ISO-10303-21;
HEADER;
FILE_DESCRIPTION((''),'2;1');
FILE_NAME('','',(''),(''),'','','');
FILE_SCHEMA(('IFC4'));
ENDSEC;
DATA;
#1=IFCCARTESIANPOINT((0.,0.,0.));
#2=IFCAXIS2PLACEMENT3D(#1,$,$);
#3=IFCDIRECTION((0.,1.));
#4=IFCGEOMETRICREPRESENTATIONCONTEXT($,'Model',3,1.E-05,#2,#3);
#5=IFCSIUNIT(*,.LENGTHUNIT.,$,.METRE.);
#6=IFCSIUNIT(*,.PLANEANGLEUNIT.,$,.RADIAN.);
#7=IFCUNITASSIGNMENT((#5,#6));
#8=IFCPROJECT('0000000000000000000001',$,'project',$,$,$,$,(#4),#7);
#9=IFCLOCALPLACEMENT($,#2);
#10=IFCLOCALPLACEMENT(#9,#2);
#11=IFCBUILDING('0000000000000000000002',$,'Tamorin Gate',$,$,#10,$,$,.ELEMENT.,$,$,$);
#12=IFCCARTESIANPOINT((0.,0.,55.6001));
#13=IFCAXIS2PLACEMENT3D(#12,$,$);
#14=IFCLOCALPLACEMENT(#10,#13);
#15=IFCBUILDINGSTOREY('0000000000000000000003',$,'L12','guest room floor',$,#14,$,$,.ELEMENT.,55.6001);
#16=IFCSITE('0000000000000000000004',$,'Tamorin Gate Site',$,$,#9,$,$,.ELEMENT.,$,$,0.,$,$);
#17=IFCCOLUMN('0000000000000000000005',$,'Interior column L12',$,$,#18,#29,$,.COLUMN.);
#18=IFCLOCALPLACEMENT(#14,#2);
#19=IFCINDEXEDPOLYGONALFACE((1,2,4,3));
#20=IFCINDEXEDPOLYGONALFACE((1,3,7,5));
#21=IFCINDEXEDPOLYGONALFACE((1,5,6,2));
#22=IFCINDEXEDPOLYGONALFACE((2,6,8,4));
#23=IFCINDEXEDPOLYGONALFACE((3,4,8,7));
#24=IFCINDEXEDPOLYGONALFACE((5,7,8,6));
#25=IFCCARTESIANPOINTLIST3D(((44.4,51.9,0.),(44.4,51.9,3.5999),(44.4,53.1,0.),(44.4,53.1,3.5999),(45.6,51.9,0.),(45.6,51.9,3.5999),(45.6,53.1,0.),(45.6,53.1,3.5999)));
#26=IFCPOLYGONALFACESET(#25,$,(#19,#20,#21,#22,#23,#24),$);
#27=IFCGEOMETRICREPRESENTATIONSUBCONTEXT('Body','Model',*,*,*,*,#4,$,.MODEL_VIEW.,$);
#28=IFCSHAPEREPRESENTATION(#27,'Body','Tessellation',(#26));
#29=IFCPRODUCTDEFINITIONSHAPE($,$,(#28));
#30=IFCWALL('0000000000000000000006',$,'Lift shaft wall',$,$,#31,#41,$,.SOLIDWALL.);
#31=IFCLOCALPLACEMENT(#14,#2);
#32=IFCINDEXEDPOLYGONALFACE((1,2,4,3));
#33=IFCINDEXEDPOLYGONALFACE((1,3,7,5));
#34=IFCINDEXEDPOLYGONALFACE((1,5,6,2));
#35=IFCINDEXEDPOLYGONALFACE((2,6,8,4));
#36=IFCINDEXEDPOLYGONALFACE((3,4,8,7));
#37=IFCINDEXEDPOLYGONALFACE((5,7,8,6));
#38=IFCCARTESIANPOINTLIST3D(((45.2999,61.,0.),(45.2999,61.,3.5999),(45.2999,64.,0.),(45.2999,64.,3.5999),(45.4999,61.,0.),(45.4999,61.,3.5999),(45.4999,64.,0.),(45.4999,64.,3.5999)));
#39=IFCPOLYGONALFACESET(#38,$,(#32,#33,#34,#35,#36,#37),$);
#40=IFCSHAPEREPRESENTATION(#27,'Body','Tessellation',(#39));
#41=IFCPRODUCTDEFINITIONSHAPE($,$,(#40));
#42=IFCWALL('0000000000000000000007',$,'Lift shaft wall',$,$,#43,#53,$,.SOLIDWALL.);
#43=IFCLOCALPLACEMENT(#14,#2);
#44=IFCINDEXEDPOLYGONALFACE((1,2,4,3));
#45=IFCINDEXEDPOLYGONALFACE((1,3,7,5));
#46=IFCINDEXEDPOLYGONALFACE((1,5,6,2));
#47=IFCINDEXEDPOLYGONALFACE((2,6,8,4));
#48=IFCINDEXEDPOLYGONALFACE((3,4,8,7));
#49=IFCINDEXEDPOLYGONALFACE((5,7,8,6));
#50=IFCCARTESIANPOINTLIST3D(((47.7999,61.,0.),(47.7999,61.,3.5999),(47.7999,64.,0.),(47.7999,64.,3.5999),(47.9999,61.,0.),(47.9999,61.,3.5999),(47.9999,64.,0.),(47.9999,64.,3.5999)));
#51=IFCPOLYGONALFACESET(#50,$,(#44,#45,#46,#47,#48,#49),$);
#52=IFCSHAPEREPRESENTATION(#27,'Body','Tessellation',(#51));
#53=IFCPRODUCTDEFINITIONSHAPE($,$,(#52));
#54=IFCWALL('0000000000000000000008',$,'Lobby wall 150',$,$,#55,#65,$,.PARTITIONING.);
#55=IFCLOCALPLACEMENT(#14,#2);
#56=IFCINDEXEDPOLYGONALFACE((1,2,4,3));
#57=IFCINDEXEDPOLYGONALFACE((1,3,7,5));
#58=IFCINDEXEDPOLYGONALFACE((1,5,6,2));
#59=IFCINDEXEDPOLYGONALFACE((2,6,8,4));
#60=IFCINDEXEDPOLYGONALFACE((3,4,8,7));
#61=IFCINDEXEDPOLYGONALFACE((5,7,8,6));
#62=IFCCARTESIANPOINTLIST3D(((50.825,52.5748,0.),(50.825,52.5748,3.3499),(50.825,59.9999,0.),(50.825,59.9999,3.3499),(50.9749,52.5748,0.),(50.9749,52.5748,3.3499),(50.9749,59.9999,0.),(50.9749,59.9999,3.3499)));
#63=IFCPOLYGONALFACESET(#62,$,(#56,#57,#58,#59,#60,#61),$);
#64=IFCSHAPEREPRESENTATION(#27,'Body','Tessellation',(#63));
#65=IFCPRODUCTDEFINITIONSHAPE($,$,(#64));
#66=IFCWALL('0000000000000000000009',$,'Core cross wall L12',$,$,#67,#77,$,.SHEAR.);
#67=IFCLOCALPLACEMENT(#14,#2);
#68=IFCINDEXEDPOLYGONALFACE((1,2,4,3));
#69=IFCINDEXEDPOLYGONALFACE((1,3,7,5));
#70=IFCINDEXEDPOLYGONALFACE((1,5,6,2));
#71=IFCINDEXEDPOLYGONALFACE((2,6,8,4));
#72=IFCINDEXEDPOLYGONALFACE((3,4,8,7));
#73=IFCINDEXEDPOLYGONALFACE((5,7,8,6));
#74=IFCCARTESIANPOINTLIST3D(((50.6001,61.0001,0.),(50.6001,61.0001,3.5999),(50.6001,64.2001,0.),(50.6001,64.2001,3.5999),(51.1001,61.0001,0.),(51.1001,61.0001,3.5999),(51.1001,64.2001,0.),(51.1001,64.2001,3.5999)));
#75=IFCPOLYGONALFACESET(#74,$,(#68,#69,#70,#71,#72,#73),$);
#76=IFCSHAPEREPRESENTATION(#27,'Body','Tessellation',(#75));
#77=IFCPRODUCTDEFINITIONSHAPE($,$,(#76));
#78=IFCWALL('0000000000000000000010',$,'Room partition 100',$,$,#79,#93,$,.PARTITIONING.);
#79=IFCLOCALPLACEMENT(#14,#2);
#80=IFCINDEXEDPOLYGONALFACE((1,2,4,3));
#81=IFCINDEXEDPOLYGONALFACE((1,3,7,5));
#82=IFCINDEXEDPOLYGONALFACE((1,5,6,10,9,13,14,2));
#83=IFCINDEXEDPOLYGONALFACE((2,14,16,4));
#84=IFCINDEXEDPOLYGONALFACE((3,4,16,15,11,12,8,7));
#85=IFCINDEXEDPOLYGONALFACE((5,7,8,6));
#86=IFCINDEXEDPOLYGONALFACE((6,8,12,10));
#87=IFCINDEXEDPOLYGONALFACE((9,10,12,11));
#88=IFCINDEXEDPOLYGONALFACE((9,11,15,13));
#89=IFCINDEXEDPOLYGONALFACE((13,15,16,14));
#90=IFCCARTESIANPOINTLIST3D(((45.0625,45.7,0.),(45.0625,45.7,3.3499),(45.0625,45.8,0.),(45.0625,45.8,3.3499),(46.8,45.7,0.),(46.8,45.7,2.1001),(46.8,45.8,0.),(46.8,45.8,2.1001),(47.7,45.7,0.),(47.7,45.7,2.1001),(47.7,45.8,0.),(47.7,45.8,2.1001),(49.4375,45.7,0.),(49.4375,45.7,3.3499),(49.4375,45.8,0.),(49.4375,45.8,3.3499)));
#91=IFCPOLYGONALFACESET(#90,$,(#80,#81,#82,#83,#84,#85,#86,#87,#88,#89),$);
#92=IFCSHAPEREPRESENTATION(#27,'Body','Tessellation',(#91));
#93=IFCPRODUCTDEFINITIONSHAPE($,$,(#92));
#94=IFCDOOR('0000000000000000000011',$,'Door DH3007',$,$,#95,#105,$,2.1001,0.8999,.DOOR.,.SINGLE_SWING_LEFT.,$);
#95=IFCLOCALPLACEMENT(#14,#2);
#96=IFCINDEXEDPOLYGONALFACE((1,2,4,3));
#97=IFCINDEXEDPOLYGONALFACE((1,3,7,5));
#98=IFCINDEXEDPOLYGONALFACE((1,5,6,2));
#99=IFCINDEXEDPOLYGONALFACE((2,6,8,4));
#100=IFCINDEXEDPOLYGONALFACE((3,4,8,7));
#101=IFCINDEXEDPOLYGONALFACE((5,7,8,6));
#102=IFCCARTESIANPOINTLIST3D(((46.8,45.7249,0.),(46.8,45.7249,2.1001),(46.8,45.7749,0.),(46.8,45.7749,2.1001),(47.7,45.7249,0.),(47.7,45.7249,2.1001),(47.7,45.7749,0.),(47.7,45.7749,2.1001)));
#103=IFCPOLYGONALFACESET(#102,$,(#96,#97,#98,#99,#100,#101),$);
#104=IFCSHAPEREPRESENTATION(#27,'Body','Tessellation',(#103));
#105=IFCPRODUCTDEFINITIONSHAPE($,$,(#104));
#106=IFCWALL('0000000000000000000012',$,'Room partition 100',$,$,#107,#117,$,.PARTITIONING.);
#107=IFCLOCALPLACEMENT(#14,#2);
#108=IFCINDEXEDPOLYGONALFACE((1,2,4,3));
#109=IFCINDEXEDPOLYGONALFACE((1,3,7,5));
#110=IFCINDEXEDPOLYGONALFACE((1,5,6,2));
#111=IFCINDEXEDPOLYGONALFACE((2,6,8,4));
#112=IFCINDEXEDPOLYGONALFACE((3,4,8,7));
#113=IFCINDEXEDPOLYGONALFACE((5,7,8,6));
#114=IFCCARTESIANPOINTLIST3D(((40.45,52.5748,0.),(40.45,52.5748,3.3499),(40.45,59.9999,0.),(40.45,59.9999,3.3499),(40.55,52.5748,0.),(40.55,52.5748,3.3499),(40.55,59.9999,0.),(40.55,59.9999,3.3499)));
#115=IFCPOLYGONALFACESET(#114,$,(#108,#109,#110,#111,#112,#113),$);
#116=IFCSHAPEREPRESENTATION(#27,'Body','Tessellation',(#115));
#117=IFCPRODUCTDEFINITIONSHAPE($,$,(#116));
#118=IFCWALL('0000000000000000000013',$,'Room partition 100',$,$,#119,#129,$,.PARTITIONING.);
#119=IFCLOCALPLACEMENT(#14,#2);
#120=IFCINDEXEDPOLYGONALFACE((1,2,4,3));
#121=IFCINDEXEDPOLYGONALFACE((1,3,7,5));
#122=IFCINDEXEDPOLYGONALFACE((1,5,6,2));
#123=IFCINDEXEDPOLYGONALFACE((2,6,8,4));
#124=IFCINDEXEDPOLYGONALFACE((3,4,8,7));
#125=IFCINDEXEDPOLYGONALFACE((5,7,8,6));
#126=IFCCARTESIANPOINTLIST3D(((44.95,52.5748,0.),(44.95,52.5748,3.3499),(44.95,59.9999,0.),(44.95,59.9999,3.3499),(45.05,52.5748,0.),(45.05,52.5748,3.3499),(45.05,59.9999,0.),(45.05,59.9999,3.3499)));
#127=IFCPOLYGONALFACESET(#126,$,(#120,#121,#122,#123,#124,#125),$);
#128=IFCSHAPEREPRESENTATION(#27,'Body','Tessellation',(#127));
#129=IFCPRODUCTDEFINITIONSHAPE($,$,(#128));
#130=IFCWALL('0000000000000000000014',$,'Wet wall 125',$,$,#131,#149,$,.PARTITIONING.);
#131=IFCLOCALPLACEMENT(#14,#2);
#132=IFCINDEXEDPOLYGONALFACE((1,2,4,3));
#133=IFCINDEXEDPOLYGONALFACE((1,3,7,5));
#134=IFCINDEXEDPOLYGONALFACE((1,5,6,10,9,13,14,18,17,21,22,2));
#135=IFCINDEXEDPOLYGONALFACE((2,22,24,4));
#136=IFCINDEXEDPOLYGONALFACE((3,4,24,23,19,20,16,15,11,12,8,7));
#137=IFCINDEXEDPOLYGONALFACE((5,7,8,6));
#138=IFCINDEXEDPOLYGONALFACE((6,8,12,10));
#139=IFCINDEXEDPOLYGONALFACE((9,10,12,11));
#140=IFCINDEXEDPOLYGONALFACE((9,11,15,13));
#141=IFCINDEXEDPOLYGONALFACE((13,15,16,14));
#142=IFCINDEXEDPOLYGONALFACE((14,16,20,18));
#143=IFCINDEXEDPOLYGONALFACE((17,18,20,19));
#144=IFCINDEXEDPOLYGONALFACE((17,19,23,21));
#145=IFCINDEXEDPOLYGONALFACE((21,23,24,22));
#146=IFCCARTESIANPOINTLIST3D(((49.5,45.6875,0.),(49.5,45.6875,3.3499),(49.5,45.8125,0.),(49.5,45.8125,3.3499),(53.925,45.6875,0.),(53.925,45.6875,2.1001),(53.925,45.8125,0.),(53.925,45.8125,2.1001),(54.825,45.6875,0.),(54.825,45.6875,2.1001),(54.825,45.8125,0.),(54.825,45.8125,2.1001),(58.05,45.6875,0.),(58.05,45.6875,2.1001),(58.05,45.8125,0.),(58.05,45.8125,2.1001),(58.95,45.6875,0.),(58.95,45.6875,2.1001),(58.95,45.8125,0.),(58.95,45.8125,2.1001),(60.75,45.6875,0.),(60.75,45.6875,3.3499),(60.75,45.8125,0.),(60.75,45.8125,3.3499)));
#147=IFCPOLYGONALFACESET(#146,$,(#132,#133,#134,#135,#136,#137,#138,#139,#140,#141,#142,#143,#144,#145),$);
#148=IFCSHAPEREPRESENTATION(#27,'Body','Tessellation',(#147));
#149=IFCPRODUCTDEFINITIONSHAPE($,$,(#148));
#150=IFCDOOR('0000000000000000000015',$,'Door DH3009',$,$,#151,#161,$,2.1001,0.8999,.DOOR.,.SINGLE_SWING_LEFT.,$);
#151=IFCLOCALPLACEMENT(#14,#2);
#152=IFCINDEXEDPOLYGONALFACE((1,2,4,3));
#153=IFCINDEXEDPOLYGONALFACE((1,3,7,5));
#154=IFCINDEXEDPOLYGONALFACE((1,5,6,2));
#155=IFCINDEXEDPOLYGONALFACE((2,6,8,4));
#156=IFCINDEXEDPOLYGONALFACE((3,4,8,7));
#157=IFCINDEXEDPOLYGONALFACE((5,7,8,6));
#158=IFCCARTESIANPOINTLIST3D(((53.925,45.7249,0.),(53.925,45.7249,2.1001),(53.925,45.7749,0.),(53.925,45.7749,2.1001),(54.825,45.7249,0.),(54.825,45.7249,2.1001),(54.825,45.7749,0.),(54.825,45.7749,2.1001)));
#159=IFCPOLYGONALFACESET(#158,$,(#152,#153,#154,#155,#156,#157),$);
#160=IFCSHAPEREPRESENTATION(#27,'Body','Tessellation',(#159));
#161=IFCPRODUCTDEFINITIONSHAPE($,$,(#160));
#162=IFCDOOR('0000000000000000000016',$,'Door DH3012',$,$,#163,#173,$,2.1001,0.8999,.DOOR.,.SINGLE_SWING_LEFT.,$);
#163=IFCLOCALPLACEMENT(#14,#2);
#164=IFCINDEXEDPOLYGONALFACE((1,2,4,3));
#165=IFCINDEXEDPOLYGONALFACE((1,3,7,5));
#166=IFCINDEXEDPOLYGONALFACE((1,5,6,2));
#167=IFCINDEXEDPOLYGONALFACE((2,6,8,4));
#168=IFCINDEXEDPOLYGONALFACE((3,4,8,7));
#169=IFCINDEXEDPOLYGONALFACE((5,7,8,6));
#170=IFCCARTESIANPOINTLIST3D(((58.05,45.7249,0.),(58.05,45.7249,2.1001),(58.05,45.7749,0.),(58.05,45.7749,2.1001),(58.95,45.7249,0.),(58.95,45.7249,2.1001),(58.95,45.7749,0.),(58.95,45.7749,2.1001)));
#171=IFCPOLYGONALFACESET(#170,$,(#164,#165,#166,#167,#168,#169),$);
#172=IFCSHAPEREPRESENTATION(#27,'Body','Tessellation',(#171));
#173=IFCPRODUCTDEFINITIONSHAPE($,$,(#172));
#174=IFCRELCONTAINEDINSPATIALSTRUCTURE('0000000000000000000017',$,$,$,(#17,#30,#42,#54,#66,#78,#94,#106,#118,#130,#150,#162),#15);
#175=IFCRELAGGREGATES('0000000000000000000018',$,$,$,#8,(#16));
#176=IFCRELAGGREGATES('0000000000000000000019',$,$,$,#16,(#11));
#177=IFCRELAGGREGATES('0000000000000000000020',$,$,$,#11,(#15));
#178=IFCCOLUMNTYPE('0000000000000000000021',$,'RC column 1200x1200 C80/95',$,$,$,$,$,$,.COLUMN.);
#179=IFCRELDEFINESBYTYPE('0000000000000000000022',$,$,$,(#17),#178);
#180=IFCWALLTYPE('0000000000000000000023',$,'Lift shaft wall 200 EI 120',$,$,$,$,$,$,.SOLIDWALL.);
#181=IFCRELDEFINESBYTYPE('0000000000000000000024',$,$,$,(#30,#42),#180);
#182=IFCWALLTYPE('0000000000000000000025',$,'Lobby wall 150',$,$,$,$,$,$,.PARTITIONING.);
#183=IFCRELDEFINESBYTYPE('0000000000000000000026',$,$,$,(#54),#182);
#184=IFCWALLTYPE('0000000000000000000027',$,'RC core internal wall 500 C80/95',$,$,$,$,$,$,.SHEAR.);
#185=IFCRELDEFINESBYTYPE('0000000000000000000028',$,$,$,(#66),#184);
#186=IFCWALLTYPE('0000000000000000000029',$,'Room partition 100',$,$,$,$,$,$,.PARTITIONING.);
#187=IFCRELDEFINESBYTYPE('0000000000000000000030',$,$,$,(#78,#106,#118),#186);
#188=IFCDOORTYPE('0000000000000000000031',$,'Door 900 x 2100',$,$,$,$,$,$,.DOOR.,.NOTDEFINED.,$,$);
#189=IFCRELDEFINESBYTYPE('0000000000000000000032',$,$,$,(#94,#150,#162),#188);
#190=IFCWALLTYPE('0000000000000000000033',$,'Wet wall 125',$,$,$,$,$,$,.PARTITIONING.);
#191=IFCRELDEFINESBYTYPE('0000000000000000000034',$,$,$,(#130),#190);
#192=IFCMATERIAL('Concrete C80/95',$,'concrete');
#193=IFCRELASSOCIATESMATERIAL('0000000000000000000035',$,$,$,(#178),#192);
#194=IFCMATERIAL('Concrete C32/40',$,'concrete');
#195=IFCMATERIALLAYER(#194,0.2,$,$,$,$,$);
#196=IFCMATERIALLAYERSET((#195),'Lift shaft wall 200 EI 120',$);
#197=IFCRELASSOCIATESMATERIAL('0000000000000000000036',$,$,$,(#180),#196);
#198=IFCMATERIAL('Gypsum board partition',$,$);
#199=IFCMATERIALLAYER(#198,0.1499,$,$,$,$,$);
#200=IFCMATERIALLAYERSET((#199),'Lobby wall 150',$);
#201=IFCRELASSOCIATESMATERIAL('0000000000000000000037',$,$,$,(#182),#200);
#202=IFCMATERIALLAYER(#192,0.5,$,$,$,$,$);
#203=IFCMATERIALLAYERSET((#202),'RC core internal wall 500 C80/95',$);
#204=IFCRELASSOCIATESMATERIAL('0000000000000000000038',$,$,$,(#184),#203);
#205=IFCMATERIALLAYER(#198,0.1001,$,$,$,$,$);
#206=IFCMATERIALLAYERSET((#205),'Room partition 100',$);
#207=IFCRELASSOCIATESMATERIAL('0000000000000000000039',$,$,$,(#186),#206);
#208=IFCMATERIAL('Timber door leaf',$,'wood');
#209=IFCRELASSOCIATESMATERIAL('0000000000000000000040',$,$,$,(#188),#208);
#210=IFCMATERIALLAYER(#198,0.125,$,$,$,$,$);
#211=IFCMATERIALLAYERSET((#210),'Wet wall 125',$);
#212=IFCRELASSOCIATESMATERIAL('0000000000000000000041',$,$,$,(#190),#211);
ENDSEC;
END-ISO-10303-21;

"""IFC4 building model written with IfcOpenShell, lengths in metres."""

from ifc_helpers import new_model, si_unit, direction, frame, frame_2d, origin, origin_2d, place, context, subcontext, project, spatial, rectangle, extrude, material, layer, layer_set, material_profile, profile_set, type_object, element, fill, save


model = new_model("IFC4")

# Units and contexts
model_context = context("Model", 3, precision=1e-05, world=origin(), true_north=direction((0.0, 1.0)))
body_context = subcontext(model_context, "Body", "Model", "MODEL_VIEW")
ifc_project = project(units=[si_unit("LENGTHUNIT", "METRE"), si_unit("PLANEANGLEUNIT", "RADIAN")], contexts=[model_context])

# Site, building, storey
site_placement = place(None, origin())
site = spatial("IfcSite", under=ifc_project, at=site_placement, Name="Tamorin Gate Site", CompositionType="ELEMENT", RefElevation=0.0)
building_placement = place(site_placement, origin())
building = spatial("IfcBuilding", under=site, at=building_placement, Name="Tamorin Gate", CompositionType="ELEMENT")
storey_placement = place(building_placement, frame((0.0, 0.0, 55.6001)))
storey = spatial("IfcBuildingStorey", under=building, at=storey_placement, Name="L12", Description="guest room floor", CompositionType="ELEMENT", Elevation=55.6001)

# Column
ifc_material_1 = material(Name="Concrete C80/95", Category="concrete")
ifc_material_profile = material_profile(ifc_material_1, rectangle(XDim=1.2, YDim=1.2, at=origin_2d()), Name="RC 1200x1200")
ifc_profile_set = profile_set([ifc_material_profile], Name="Concrete C80/95")
column_type = type_object("IfcColumnType", Name="RC column 1200x1200 C80/95", PredefinedType="COLUMN", material=ifc_profile_set)
column_placement = place(storey_placement, frame((45.0, 52.5, 0.0), z_axis=(0.0, 0.0, 1.0), x_axis=(1.0, 0.0, 0.0)))
element("IfcColumn", 1, at=column_placement, inside=storey, type_object=column_type, Name="Interior column L12", PredefinedType="COLUMN", context=body_context, shape_type="SweptSolid", body=[
    extrude(rectangle(XDim=1.2, YDim=1.2, at=origin_2d()), origin(), (0.0, 0.0, 1.0), 3.5999),
])

# Walls
ifc_material_2 = material(Name="Concrete C32/40", Category="concrete")
ifc_layer_1 = layer(ifc_material_2, 0.2)
ifc_layer_set_1 = layer_set([ifc_layer_1], Name="Lift shaft wall 200 EI 120")
wall_type_1 = type_object("IfcWallType", Name="Lift shaft wall 200 EI 120", PredefinedType="SOLIDWALL", material=ifc_layer_set_1)
for number, where, z_axis, x_axis, name in (
    (2, (45.3999, 61.0, 0.0), (0.0, 0.0, 1.0), (0.0, 1.0, 0.0), "Lift shaft wall"),
    (3, (47.8999, 61.0, 0.0), (0.0, 0.0, 1.0), (0.0, 1.0, 0.0), "Lift shaft wall"),
):
    element("IfcWall", number, at=place(storey_placement, frame(where, z_axis=z_axis, x_axis=x_axis)), inside=storey, type_object=wall_type_1, Name=name, PredefinedType="SOLIDWALL", context=body_context, shape_type="SweptSolid", body=[
        extrude(rectangle(XDim=3.0, YDim=0.2, at=frame_2d((1.5, 0.0))), origin(), (0.0, 0.0, 1.0), 3.5999),
    ])
ifc_material_3 = material(Name="Gypsum board partition")
ifc_layer_2 = layer(ifc_material_3, 0.1499)
ifc_layer_set_2 = layer_set([ifc_layer_2], Name="Lobby wall 150")
wall_type_2 = type_object("IfcWallType", Name="Lobby wall 150", PredefinedType="PARTITIONING", material=ifc_layer_set_2)
wall_1_placement = place(storey_placement, frame((50.8999, 52.575, 0.0), z_axis=(0.0, 0.0, 1.0), x_axis=(0.0, 1.0, 0.0)))
element("IfcWall", 4, at=wall_1_placement, inside=storey, type_object=wall_type_2, Name="Lobby wall 150", PredefinedType="PARTITIONING", context=body_context, shape_type="SweptSolid", body=[
    extrude(rectangle(XDim=7.425, YDim=0.1499, at=frame_2d((3.7124, 0.0))), origin(), (0.0, 0.0, 1.0), 3.3499),
])
ifc_layer_3 = layer(ifc_material_1, 0.5)
ifc_layer_set_3 = layer_set([ifc_layer_3], Name="RC core internal wall 500 C80/95")
wall_type_3 = type_object("IfcWallType", Name="RC core internal wall 500 C80/95", PredefinedType="SHEAR", material=ifc_layer_set_3)
wall_2_placement = place(storey_placement, frame((50.8501, 61.0, 0.0), z_axis=(0.0, 0.0, 1.0), x_axis=(0.0, 1.0, 0.0)))
element("IfcWall", 5, at=wall_2_placement, inside=storey, type_object=wall_type_3, Name="Core cross wall L12", PredefinedType="SHEAR", context=body_context, shape_type="SweptSolid", body=[
    extrude(rectangle(XDim=3.2, YDim=0.5, at=frame_2d((1.6001, 0.0))), origin(), (0.0, 0.0, 1.0), 3.5999),
])

# Wall, opening, door
ifc_layer_4 = layer(ifc_material_3, 0.1001)
ifc_layer_set_4 = layer_set([ifc_layer_4], Name="Room partition 100")
wall_type_4 = type_object("IfcWallType", Name="Room partition 100", PredefinedType="PARTITIONING", material=ifc_layer_set_4)
wall_3_placement = place(storey_placement, frame((45.0625, 45.75, 0.0), z_axis=(0.0, 0.0, 1.0), x_axis=(1.0, 0.0, 0.0)))
wall_3 = element("IfcWall", 6, at=wall_3_placement, inside=storey, type_object=wall_type_4, Name="Room partition 100", PredefinedType="PARTITIONING", context=body_context, shape_type="SweptSolid", body=[
    extrude(rectangle(XDim=4.375, YDim=0.1001, at=frame_2d((2.1875, 0.0))), origin(), (0.0, 0.0, 1.0), 3.3499),
])
opening_1_placement = place(wall_3_placement, frame((1.7375, 0.0, 0.0)))
opening_1 = element("IfcOpeningElement", 7, at=opening_1_placement, cuts=wall_3, PredefinedType="OPENING", context=body_context, shape_type="SweptSolid", body=[
    extrude(rectangle(XDim=0.8999, YDim=2.1001, at=frame_2d((0.45, 1.05))), frame((0.0, 0.0601, 0.0), z_axis=(0.0, -1.0, 0.0), x_axis=(1.0, 0.0, 0.0)), (0.0, 0.0, 1.0), 0.1201),
])
ifc_material_4 = material(Name="Timber door leaf", Category="wood")
door_type = type_object("IfcDoorType", Name="Door 900 x 2100", OperationType="NOTDEFINED", PredefinedType="DOOR", material=ifc_material_4)
door_1_placement = place(opening_1_placement, origin())
door_1 = element("IfcDoor", 8, at=door_1_placement, inside=storey, type_object=door_type, Name="Door DH3007", OperationType="SINGLE_SWING_LEFT", OverallHeight=2.1001, OverallWidth=0.8999, PredefinedType="DOOR", context=body_context, shape_type="SweptSolid", body=[
    extrude(rectangle(XDim=0.8999, YDim=2.1001, at=frame_2d((0.45, 1.05))), frame((0.0, 0.0249, 0.0), z_axis=(0.0, -1.0, 0.0), x_axis=(1.0, 0.0, 0.0)), (0.0, 0.0, 1.0), 0.05),
])
fill(opening_1, door_1)

# Walls
for number, where, z_axis, x_axis, name in (
    (9, (40.5, 52.575, 0.0), (0.0, 0.0, 1.0), (0.0, 1.0, 0.0), "Room partition 100"),
    (10, (45.0, 52.575, 0.0), (0.0, 0.0, 1.0), (0.0, 1.0, 0.0), "Room partition 100"),
):
    element("IfcWall", number, at=place(storey_placement, frame(where, z_axis=z_axis, x_axis=x_axis)), inside=storey, type_object=wall_type_4, Name=name, PredefinedType="PARTITIONING", context=body_context, shape_type="SweptSolid", body=[
        extrude(rectangle(XDim=7.425, YDim=0.1001, at=frame_2d((3.7124, 0.0))), origin(), (0.0, 0.0, 1.0), 3.3499),
    ])

# Wall, openings, doors
ifc_layer_5 = layer(ifc_material_3, 0.125)
ifc_layer_set_5 = layer_set([ifc_layer_5], Name="Wet wall 125")
wall_type_5 = type_object("IfcWallType", Name="Wet wall 125", PredefinedType="PARTITIONING", material=ifc_layer_set_5)
wall_4_placement = place(storey_placement, frame((49.5, 45.75, 0.0), z_axis=(0.0, 0.0, 1.0), x_axis=(1.0, 0.0, 0.0)))
wall_4 = element("IfcWall", 11, at=wall_4_placement, inside=storey, type_object=wall_type_5, Name="Wet wall 125", PredefinedType="PARTITIONING", context=body_context, shape_type="SweptSolid", body=[
    extrude(rectangle(XDim=11.25, YDim=0.125, at=frame_2d((5.625, 0.0))), origin(), (0.0, 0.0, 1.0), 3.3499),
])
opening_2_placement = place(wall_4_placement, frame((4.425, 0.0, 0.0)))
opening_2 = element("IfcOpeningElement", 12, at=opening_2_placement, cuts=wall_4, PredefinedType="OPENING", context=body_context, shape_type="SweptSolid", body=[
    extrude(rectangle(XDim=0.8999, YDim=2.1001, at=frame_2d((0.45, 1.05))), frame((0.0, 0.0725, 0.0), z_axis=(0.0, -1.0, 0.0), x_axis=(1.0, 0.0, 0.0)), (0.0, 0.0, 1.0), 0.145),
])
opening_3_placement = place(wall_4_placement, frame((8.55, 0.0, 0.0)))
opening_3 = element("IfcOpeningElement", 13, at=opening_3_placement, cuts=wall_4, PredefinedType="OPENING", context=body_context, shape_type="SweptSolid", body=[
    extrude(rectangle(XDim=0.8999, YDim=2.1001, at=frame_2d((0.45, 1.05))), frame((0.0, 0.0725, 0.0), z_axis=(0.0, -1.0, 0.0), x_axis=(1.0, 0.0, 0.0)), (0.0, 0.0, 1.0), 0.145),
])
door_2_placement = place(opening_2_placement, origin())
door_2 = element("IfcDoor", 14, at=door_2_placement, inside=storey, type_object=door_type, Name="Door DH3009", OperationType="SINGLE_SWING_LEFT", OverallHeight=2.1001, OverallWidth=0.8999, PredefinedType="DOOR", context=body_context, shape_type="SweptSolid", body=[
    extrude(rectangle(XDim=0.8999, YDim=2.1001, at=frame_2d((0.45, 1.05))), frame((0.0, 0.0249, 0.0), z_axis=(0.0, -1.0, 0.0), x_axis=(1.0, 0.0, 0.0)), (0.0, 0.0, 1.0), 0.05),
])
fill(opening_2, door_2)
door_3_placement = place(opening_3_placement, origin())
door_3 = element("IfcDoor", 15, at=door_3_placement, inside=storey, type_object=door_type, Name="Door DH3012", OperationType="SINGLE_SWING_LEFT", OverallHeight=2.1001, OverallWidth=0.8999, PredefinedType="DOOR", context=body_context, shape_type="SweptSolid", body=[
    extrude(rectangle(XDim=0.8999, YDim=2.1001, at=frame_2d((0.45, 1.05))), frame((0.0, 0.0249, 0.0), z_axis=(0.0, -1.0, 0.0), x_axis=(1.0, 0.0, 0.0)), (0.0, 0.0, 1.0), 0.05),
])
fill(opening_3, door_3)

save(model, "model.ifc")
